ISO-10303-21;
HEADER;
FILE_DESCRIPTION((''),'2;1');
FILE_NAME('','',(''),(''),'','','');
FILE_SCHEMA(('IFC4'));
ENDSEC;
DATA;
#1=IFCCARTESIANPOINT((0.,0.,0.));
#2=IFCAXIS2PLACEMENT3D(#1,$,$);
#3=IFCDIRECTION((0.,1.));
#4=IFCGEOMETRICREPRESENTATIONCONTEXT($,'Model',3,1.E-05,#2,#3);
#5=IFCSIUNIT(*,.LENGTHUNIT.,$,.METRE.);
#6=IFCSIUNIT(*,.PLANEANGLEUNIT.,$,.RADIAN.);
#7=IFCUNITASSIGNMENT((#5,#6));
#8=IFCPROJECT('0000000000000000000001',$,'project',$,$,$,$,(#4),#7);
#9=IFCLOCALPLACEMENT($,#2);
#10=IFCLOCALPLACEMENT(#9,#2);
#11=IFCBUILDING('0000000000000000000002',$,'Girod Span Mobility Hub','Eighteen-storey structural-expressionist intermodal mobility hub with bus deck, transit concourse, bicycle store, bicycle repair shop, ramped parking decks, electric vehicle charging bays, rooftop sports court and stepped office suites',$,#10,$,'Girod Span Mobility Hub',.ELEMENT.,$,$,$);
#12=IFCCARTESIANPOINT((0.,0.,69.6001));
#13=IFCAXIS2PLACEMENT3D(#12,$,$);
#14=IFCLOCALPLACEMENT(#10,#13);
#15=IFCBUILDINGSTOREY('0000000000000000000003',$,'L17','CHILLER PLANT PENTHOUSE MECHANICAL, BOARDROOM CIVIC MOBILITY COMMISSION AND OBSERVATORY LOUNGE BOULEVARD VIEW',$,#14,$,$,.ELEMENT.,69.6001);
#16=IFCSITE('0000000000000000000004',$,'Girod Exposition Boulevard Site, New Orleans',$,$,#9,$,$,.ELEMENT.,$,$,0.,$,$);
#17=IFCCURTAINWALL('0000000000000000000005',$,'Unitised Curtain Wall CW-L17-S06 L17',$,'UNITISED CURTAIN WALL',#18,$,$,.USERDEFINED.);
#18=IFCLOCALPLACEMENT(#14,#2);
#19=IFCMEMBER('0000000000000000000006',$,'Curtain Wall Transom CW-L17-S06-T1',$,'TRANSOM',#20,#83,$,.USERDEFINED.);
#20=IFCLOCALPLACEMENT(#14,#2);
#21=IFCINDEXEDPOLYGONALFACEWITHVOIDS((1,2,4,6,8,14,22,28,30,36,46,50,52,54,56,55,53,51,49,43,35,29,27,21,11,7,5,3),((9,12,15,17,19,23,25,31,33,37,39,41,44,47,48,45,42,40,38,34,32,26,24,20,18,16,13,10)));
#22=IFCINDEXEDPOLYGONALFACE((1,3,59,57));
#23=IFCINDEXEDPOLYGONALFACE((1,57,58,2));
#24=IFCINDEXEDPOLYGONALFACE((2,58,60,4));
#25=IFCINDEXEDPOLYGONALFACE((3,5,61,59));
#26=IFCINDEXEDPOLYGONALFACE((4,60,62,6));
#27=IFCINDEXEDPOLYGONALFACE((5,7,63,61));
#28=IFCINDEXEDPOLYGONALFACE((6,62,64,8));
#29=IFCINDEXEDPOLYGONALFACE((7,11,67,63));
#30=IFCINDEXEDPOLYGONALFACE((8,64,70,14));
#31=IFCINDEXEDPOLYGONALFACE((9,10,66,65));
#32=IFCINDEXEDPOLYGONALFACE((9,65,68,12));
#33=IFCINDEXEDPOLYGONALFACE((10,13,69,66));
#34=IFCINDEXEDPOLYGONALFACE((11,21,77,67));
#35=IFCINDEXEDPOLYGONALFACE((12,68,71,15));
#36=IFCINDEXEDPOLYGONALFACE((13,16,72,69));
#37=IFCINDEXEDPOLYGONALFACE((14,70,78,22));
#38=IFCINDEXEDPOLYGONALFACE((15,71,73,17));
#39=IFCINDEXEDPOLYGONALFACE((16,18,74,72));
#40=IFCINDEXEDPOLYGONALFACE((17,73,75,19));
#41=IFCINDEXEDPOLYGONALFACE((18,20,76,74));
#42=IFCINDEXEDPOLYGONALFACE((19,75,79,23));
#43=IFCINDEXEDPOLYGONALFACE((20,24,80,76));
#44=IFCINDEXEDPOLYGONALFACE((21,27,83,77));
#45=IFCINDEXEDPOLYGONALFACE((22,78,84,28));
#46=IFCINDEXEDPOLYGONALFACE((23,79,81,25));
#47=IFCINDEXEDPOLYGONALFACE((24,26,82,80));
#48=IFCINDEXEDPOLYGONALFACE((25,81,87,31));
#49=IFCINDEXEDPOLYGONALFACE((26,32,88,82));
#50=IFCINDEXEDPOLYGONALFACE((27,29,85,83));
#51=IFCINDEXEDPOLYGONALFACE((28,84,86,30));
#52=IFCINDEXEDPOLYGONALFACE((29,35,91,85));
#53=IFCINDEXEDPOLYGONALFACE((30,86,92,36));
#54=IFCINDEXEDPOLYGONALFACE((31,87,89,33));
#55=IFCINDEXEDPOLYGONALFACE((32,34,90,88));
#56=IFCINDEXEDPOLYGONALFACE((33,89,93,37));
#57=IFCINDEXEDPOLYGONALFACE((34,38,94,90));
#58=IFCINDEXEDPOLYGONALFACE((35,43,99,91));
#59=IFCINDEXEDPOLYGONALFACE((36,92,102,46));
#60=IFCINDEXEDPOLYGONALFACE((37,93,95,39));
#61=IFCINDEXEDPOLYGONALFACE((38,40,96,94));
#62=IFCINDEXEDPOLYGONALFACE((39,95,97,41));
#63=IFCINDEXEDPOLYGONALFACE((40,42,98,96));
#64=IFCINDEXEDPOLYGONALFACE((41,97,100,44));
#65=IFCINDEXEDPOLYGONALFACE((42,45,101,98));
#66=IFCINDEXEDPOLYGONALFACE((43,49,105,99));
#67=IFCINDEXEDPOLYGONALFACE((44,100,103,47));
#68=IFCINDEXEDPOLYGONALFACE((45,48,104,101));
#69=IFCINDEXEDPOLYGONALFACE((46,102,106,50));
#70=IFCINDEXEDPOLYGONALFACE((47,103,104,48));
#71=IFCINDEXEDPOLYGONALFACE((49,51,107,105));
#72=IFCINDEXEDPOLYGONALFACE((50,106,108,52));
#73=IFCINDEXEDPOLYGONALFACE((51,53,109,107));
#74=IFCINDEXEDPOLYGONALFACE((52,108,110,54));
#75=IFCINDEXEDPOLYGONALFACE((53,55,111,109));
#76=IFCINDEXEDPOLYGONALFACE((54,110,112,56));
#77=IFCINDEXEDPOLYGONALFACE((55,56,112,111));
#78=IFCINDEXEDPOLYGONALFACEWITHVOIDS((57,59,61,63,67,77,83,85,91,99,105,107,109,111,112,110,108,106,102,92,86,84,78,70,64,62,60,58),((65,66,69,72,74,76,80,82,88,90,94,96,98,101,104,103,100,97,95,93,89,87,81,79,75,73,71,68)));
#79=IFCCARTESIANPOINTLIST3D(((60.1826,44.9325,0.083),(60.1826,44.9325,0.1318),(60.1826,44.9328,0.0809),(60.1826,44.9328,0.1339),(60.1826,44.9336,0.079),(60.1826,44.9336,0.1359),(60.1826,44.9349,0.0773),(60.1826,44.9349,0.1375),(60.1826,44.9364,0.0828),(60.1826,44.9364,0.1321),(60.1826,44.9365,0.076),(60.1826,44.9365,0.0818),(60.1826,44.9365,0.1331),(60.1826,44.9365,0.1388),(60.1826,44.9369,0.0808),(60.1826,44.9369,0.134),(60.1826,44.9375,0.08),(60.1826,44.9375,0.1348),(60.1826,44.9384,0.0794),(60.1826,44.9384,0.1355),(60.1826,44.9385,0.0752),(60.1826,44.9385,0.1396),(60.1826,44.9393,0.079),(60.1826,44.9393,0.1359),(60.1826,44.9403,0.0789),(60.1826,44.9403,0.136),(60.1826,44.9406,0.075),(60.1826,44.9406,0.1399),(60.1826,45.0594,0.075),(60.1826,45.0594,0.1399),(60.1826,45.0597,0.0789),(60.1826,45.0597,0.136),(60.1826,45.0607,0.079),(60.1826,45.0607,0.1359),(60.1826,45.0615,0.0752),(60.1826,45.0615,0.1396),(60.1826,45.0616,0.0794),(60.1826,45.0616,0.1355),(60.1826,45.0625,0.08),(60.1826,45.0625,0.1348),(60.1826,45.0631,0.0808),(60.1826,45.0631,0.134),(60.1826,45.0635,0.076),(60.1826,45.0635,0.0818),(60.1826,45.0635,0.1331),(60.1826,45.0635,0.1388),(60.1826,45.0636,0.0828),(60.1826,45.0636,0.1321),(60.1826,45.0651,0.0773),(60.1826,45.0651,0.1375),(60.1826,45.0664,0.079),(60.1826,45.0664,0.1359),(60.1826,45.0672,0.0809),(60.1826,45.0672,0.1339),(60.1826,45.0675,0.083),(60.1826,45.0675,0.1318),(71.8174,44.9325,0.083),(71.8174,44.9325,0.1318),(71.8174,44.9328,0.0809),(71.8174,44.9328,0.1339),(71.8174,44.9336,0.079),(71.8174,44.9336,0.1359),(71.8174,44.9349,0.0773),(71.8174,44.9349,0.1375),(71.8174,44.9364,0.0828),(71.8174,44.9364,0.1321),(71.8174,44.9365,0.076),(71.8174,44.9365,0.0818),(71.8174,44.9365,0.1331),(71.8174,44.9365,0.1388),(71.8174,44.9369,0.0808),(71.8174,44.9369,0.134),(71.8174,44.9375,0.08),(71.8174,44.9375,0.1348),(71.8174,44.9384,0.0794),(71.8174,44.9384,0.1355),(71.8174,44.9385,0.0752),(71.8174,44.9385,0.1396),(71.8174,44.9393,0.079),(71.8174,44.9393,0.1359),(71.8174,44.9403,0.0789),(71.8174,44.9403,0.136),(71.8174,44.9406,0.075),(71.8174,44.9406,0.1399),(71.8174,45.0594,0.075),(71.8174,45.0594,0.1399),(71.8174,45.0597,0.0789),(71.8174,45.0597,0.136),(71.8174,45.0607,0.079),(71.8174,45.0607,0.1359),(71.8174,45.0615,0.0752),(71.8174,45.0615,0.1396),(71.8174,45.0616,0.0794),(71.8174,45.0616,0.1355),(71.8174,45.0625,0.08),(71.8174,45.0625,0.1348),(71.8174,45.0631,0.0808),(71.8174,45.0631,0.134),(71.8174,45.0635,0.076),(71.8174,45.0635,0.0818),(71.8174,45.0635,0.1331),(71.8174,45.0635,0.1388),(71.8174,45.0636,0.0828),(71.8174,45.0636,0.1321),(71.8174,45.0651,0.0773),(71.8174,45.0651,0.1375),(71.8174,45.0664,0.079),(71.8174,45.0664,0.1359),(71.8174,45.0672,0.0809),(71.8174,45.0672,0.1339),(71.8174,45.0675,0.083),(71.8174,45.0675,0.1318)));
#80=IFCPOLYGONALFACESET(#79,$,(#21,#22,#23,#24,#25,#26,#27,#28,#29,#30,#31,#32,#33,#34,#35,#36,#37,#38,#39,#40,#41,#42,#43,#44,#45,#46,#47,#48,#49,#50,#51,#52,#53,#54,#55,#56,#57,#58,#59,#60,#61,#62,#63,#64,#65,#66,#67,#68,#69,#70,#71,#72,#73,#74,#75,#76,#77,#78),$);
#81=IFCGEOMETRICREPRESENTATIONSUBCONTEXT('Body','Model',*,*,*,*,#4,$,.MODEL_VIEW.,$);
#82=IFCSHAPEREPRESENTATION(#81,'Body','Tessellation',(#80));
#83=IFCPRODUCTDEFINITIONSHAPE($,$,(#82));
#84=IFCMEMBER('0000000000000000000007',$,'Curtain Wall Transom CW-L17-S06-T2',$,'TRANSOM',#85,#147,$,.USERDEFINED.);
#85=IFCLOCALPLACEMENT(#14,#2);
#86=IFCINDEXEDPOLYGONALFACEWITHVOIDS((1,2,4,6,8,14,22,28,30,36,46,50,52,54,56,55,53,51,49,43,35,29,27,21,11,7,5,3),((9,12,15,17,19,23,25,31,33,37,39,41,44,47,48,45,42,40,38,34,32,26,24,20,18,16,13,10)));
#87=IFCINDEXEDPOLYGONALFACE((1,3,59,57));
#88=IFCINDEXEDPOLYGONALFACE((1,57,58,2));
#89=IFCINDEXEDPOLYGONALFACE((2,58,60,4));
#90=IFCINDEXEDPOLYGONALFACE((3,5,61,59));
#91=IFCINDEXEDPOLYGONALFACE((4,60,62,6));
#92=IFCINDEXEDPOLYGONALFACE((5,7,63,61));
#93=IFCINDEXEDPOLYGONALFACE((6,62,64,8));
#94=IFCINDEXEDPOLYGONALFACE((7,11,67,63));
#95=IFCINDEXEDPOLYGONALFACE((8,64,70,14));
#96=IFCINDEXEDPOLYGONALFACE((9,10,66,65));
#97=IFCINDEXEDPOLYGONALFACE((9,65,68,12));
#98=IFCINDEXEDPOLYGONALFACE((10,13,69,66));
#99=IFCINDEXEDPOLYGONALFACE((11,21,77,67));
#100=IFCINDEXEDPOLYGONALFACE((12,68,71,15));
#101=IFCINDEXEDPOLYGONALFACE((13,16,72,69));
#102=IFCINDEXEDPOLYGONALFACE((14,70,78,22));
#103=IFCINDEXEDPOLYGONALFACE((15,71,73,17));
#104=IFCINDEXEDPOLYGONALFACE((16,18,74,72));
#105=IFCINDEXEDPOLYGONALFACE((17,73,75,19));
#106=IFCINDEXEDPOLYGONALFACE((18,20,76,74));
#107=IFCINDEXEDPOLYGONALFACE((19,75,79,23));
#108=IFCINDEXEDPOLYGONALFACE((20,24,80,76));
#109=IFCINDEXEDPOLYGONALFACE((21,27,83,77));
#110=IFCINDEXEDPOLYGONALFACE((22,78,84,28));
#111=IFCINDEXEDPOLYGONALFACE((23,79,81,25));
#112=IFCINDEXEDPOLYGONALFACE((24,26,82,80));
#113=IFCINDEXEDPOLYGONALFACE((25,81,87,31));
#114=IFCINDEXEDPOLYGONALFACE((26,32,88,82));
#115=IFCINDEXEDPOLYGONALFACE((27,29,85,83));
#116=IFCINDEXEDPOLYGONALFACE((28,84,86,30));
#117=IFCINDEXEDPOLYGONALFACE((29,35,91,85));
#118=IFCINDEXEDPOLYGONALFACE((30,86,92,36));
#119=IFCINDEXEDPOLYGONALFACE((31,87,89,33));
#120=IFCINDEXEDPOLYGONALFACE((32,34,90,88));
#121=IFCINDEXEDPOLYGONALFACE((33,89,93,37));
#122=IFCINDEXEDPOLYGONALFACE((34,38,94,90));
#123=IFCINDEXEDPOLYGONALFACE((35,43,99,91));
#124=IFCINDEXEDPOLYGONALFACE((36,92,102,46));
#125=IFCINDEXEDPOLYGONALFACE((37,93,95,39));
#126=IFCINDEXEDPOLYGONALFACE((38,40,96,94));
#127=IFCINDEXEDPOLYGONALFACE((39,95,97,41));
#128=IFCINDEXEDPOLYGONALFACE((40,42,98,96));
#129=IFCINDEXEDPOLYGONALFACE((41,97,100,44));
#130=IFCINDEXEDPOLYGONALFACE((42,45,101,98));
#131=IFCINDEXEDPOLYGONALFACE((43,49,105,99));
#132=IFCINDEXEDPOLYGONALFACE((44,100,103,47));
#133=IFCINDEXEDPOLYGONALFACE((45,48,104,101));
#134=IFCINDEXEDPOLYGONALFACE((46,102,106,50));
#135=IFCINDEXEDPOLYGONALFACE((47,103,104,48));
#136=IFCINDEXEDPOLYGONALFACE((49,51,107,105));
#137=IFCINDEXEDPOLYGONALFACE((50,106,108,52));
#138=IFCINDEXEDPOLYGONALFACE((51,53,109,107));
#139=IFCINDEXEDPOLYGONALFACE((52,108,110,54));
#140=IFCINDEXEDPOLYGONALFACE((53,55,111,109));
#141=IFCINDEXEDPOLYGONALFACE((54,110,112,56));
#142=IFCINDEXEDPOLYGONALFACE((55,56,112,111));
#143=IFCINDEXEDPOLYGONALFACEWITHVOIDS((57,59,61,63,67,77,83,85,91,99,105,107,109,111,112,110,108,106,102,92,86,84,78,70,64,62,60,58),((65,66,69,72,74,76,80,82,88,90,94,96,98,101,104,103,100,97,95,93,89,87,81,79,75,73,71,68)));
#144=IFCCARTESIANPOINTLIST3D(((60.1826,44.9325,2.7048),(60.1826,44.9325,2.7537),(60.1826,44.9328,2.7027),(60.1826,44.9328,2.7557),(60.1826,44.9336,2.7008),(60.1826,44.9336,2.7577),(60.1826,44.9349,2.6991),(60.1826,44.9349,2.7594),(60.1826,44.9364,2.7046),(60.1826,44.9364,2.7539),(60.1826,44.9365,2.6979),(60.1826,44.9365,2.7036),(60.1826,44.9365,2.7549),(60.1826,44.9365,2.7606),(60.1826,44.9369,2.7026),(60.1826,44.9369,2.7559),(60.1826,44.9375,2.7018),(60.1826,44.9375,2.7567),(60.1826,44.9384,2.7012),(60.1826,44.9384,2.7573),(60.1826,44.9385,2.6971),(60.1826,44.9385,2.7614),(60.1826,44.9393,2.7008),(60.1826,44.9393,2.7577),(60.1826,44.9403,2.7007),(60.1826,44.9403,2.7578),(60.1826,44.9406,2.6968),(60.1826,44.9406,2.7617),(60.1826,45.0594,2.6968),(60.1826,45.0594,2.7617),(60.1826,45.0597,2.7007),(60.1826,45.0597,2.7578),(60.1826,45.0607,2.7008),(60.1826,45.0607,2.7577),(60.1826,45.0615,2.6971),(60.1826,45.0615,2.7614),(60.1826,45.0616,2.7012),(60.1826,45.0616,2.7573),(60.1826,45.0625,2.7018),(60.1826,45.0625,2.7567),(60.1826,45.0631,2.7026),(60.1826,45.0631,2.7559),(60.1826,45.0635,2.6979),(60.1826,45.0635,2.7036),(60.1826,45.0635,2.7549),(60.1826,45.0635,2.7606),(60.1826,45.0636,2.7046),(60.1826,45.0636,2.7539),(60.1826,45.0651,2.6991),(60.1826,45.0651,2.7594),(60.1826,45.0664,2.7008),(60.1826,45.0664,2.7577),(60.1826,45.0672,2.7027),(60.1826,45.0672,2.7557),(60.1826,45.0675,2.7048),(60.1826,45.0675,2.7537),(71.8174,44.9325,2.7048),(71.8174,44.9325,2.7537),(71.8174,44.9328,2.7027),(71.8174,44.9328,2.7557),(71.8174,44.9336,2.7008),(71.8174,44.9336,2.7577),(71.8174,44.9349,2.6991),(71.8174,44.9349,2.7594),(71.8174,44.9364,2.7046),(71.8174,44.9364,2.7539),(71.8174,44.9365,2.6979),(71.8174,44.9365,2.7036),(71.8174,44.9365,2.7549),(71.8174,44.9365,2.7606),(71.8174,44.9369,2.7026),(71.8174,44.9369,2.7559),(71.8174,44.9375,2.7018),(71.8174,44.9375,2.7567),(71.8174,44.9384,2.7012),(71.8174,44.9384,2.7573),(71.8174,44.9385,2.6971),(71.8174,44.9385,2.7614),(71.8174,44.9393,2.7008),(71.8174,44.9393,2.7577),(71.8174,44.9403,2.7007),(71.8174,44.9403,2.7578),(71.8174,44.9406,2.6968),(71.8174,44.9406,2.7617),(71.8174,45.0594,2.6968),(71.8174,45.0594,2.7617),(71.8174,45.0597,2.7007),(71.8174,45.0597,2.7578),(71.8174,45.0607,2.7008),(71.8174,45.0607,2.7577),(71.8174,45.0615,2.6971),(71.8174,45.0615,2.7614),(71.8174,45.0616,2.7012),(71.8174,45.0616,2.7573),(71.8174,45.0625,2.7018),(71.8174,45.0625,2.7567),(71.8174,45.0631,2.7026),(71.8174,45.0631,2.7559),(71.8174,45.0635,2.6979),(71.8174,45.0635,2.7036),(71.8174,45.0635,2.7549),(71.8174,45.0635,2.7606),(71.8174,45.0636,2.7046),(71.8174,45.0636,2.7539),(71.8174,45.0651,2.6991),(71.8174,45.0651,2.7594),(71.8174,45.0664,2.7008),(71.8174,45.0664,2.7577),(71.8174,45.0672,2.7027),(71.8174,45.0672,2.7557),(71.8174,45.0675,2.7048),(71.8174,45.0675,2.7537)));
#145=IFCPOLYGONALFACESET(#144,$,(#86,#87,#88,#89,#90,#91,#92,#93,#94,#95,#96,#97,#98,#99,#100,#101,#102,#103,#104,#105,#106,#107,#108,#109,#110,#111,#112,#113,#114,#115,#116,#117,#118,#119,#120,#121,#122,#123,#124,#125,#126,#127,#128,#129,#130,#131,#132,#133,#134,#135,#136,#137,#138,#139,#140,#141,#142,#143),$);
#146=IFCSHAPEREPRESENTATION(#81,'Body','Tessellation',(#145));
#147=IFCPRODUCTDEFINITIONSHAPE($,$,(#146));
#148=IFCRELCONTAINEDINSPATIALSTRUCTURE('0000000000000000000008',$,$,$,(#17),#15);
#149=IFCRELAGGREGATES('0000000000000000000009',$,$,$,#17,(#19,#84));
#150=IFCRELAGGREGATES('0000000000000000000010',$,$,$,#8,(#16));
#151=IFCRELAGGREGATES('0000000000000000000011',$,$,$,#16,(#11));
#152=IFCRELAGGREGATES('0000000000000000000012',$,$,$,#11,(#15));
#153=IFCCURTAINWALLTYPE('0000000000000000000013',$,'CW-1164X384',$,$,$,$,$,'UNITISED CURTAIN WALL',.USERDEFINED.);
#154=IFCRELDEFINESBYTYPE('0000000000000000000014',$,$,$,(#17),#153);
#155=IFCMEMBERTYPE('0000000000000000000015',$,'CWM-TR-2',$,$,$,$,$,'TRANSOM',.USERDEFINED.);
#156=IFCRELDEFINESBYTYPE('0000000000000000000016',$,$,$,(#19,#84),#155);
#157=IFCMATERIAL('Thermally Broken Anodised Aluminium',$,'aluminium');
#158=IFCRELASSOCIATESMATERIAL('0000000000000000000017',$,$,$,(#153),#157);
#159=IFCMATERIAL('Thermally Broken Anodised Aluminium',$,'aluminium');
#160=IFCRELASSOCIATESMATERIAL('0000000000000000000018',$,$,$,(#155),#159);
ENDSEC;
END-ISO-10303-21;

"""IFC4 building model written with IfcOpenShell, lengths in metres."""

from ifc_helpers import new_model, si_unit, direction, frame, origin, origin_2d, place, context, subcontext, project, spatial, hollow_rectangle, extrude, material, material_profile, profile_set, type_object, element, aggregate, save


model = new_model("IFC4")

# Units and contexts
model_context = context("Model", 3, precision=1e-05, world=origin(), true_north=direction((0.0, 1.0)))
body_context = subcontext(model_context, "Body", "Model", "MODEL_VIEW")
ifc_project = project(units=[si_unit("LENGTHUNIT", "METRE"), si_unit("PLANEANGLEUNIT", "RADIAN")], contexts=[model_context])

# Site, building, storey
site_placement = place(None, origin())
site = spatial("IfcSite", under=ifc_project, at=site_placement, Name="Girod Exposition Boulevard Site, New Orleans", CompositionType="ELEMENT", RefElevation=0.0)
building_placement = place(site_placement, origin())
building = spatial("IfcBuilding", under=site, at=building_placement, Name="Girod Span Mobility Hub", Description="Eighteen-storey structural-expressionist intermodal mobility hub with bus deck, transit concourse, bicycle store, bicycle repair shop, ramped parking decks, electric vehicle charging bays, rooftop sports court and stepped office suites", LongName="Girod Span Mobility Hub", CompositionType="ELEMENT")
storey_placement = place(building_placement, frame((0.0, 0.0, 69.6001)))
storey = spatial("IfcBuildingStorey", under=building, at=storey_placement, Name="L17", Description="CHILLER PLANT PENTHOUSE MECHANICAL, BOARDROOM CIVIC MOBILITY COMMISSION AND OBSERVATORY LOUNGE BOULEVARD VIEW", CompositionType="ELEMENT", Elevation=69.6001)

# Curtain wall
ifc_material_1 = material(Name="Thermally Broken Anodised Aluminium", Category="aluminium")
curtain_wall_type = type_object("IfcCurtainWallType", Name="CW-1164X384", ElementType="UNITISED CURTAIN WALL", PredefinedType="USERDEFINED", material=ifc_material_1)
curtain_wall_1_placement = place(storey_placement, origin())
curtain_wall_1 = element("IfcCurtainWall", 1, at=curtain_wall_1_placement, inside=storey, type_object=curtain_wall_type, Name="Unitised Curtain Wall CW-L17-S06 L17", ObjectType="UNITISED CURTAIN WALL", PredefinedType="USERDEFINED")

# Members
ifc_material_2 = material(Name="Thermally Broken Anodised Aluminium", Category="aluminium")
ifc_material_profile_1 = material_profile(ifc_material_2, hollow_rectangle(XDim=0.135, YDim=0.0649, WallThickness=0.0039, InnerFilletRadius=0.0039, OuterFilletRadius=0.0081, at=origin_2d()), Name="CW-TR-65X135")
ifc_profile_set_1 = profile_set([ifc_material_profile_1], Name="Thermally Broken Anodised Aluminium")
member_type_1 = type_object("IfcMemberType", Name="CWM-TR-2", ElementType="TRANSOM", PredefinedType="USERDEFINED", material=ifc_profile_set_1)
member_1_placement = place(storey_placement, frame((60.1826, 45.0, 0.1074), z_axis=(1.0, 0.0, 0.0), x_axis=(0.0, 1.0, 0.0)))
member_1 = element("IfcMember", 2, at=member_1_placement, type_object=member_type_1, Name="Curtain Wall Transom CW-L17-S06-T1", ObjectType="TRANSOM", PredefinedType="USERDEFINED", context=body_context, shape_type="SweptSolid", body=[
    extrude(hollow_rectangle(XDim=0.135, YDim=0.0649, WallThickness=0.0039, InnerFilletRadius=0.0039, OuterFilletRadius=0.0081, at=origin_2d()), origin(), (0.0, 0.0, 1.0), 11.6348),
])
member_2_placement = place(storey_placement, frame((60.1826, 45.0, 2.7292), z_axis=(1.0, 0.0, 0.0), x_axis=(0.0, 1.0, 0.0)))
member_2 = element("IfcMember", 3, at=member_2_placement, type_object=member_type_1, Name="Curtain Wall Transom CW-L17-S06-T2", ObjectType="TRANSOM", PredefinedType="USERDEFINED", context=body_context, shape_type="SweptSolid", body=[
    extrude(hollow_rectangle(XDim=0.135, YDim=0.0649, WallThickness=0.0039, InnerFilletRadius=0.0039, OuterFilletRadius=0.0081, at=origin_2d()), origin(), (0.0, 0.0, 1.0), 11.6348),
])

aggregate(curtain_wall_1, [member_1, member_2])

save(model, "model.ifc")
